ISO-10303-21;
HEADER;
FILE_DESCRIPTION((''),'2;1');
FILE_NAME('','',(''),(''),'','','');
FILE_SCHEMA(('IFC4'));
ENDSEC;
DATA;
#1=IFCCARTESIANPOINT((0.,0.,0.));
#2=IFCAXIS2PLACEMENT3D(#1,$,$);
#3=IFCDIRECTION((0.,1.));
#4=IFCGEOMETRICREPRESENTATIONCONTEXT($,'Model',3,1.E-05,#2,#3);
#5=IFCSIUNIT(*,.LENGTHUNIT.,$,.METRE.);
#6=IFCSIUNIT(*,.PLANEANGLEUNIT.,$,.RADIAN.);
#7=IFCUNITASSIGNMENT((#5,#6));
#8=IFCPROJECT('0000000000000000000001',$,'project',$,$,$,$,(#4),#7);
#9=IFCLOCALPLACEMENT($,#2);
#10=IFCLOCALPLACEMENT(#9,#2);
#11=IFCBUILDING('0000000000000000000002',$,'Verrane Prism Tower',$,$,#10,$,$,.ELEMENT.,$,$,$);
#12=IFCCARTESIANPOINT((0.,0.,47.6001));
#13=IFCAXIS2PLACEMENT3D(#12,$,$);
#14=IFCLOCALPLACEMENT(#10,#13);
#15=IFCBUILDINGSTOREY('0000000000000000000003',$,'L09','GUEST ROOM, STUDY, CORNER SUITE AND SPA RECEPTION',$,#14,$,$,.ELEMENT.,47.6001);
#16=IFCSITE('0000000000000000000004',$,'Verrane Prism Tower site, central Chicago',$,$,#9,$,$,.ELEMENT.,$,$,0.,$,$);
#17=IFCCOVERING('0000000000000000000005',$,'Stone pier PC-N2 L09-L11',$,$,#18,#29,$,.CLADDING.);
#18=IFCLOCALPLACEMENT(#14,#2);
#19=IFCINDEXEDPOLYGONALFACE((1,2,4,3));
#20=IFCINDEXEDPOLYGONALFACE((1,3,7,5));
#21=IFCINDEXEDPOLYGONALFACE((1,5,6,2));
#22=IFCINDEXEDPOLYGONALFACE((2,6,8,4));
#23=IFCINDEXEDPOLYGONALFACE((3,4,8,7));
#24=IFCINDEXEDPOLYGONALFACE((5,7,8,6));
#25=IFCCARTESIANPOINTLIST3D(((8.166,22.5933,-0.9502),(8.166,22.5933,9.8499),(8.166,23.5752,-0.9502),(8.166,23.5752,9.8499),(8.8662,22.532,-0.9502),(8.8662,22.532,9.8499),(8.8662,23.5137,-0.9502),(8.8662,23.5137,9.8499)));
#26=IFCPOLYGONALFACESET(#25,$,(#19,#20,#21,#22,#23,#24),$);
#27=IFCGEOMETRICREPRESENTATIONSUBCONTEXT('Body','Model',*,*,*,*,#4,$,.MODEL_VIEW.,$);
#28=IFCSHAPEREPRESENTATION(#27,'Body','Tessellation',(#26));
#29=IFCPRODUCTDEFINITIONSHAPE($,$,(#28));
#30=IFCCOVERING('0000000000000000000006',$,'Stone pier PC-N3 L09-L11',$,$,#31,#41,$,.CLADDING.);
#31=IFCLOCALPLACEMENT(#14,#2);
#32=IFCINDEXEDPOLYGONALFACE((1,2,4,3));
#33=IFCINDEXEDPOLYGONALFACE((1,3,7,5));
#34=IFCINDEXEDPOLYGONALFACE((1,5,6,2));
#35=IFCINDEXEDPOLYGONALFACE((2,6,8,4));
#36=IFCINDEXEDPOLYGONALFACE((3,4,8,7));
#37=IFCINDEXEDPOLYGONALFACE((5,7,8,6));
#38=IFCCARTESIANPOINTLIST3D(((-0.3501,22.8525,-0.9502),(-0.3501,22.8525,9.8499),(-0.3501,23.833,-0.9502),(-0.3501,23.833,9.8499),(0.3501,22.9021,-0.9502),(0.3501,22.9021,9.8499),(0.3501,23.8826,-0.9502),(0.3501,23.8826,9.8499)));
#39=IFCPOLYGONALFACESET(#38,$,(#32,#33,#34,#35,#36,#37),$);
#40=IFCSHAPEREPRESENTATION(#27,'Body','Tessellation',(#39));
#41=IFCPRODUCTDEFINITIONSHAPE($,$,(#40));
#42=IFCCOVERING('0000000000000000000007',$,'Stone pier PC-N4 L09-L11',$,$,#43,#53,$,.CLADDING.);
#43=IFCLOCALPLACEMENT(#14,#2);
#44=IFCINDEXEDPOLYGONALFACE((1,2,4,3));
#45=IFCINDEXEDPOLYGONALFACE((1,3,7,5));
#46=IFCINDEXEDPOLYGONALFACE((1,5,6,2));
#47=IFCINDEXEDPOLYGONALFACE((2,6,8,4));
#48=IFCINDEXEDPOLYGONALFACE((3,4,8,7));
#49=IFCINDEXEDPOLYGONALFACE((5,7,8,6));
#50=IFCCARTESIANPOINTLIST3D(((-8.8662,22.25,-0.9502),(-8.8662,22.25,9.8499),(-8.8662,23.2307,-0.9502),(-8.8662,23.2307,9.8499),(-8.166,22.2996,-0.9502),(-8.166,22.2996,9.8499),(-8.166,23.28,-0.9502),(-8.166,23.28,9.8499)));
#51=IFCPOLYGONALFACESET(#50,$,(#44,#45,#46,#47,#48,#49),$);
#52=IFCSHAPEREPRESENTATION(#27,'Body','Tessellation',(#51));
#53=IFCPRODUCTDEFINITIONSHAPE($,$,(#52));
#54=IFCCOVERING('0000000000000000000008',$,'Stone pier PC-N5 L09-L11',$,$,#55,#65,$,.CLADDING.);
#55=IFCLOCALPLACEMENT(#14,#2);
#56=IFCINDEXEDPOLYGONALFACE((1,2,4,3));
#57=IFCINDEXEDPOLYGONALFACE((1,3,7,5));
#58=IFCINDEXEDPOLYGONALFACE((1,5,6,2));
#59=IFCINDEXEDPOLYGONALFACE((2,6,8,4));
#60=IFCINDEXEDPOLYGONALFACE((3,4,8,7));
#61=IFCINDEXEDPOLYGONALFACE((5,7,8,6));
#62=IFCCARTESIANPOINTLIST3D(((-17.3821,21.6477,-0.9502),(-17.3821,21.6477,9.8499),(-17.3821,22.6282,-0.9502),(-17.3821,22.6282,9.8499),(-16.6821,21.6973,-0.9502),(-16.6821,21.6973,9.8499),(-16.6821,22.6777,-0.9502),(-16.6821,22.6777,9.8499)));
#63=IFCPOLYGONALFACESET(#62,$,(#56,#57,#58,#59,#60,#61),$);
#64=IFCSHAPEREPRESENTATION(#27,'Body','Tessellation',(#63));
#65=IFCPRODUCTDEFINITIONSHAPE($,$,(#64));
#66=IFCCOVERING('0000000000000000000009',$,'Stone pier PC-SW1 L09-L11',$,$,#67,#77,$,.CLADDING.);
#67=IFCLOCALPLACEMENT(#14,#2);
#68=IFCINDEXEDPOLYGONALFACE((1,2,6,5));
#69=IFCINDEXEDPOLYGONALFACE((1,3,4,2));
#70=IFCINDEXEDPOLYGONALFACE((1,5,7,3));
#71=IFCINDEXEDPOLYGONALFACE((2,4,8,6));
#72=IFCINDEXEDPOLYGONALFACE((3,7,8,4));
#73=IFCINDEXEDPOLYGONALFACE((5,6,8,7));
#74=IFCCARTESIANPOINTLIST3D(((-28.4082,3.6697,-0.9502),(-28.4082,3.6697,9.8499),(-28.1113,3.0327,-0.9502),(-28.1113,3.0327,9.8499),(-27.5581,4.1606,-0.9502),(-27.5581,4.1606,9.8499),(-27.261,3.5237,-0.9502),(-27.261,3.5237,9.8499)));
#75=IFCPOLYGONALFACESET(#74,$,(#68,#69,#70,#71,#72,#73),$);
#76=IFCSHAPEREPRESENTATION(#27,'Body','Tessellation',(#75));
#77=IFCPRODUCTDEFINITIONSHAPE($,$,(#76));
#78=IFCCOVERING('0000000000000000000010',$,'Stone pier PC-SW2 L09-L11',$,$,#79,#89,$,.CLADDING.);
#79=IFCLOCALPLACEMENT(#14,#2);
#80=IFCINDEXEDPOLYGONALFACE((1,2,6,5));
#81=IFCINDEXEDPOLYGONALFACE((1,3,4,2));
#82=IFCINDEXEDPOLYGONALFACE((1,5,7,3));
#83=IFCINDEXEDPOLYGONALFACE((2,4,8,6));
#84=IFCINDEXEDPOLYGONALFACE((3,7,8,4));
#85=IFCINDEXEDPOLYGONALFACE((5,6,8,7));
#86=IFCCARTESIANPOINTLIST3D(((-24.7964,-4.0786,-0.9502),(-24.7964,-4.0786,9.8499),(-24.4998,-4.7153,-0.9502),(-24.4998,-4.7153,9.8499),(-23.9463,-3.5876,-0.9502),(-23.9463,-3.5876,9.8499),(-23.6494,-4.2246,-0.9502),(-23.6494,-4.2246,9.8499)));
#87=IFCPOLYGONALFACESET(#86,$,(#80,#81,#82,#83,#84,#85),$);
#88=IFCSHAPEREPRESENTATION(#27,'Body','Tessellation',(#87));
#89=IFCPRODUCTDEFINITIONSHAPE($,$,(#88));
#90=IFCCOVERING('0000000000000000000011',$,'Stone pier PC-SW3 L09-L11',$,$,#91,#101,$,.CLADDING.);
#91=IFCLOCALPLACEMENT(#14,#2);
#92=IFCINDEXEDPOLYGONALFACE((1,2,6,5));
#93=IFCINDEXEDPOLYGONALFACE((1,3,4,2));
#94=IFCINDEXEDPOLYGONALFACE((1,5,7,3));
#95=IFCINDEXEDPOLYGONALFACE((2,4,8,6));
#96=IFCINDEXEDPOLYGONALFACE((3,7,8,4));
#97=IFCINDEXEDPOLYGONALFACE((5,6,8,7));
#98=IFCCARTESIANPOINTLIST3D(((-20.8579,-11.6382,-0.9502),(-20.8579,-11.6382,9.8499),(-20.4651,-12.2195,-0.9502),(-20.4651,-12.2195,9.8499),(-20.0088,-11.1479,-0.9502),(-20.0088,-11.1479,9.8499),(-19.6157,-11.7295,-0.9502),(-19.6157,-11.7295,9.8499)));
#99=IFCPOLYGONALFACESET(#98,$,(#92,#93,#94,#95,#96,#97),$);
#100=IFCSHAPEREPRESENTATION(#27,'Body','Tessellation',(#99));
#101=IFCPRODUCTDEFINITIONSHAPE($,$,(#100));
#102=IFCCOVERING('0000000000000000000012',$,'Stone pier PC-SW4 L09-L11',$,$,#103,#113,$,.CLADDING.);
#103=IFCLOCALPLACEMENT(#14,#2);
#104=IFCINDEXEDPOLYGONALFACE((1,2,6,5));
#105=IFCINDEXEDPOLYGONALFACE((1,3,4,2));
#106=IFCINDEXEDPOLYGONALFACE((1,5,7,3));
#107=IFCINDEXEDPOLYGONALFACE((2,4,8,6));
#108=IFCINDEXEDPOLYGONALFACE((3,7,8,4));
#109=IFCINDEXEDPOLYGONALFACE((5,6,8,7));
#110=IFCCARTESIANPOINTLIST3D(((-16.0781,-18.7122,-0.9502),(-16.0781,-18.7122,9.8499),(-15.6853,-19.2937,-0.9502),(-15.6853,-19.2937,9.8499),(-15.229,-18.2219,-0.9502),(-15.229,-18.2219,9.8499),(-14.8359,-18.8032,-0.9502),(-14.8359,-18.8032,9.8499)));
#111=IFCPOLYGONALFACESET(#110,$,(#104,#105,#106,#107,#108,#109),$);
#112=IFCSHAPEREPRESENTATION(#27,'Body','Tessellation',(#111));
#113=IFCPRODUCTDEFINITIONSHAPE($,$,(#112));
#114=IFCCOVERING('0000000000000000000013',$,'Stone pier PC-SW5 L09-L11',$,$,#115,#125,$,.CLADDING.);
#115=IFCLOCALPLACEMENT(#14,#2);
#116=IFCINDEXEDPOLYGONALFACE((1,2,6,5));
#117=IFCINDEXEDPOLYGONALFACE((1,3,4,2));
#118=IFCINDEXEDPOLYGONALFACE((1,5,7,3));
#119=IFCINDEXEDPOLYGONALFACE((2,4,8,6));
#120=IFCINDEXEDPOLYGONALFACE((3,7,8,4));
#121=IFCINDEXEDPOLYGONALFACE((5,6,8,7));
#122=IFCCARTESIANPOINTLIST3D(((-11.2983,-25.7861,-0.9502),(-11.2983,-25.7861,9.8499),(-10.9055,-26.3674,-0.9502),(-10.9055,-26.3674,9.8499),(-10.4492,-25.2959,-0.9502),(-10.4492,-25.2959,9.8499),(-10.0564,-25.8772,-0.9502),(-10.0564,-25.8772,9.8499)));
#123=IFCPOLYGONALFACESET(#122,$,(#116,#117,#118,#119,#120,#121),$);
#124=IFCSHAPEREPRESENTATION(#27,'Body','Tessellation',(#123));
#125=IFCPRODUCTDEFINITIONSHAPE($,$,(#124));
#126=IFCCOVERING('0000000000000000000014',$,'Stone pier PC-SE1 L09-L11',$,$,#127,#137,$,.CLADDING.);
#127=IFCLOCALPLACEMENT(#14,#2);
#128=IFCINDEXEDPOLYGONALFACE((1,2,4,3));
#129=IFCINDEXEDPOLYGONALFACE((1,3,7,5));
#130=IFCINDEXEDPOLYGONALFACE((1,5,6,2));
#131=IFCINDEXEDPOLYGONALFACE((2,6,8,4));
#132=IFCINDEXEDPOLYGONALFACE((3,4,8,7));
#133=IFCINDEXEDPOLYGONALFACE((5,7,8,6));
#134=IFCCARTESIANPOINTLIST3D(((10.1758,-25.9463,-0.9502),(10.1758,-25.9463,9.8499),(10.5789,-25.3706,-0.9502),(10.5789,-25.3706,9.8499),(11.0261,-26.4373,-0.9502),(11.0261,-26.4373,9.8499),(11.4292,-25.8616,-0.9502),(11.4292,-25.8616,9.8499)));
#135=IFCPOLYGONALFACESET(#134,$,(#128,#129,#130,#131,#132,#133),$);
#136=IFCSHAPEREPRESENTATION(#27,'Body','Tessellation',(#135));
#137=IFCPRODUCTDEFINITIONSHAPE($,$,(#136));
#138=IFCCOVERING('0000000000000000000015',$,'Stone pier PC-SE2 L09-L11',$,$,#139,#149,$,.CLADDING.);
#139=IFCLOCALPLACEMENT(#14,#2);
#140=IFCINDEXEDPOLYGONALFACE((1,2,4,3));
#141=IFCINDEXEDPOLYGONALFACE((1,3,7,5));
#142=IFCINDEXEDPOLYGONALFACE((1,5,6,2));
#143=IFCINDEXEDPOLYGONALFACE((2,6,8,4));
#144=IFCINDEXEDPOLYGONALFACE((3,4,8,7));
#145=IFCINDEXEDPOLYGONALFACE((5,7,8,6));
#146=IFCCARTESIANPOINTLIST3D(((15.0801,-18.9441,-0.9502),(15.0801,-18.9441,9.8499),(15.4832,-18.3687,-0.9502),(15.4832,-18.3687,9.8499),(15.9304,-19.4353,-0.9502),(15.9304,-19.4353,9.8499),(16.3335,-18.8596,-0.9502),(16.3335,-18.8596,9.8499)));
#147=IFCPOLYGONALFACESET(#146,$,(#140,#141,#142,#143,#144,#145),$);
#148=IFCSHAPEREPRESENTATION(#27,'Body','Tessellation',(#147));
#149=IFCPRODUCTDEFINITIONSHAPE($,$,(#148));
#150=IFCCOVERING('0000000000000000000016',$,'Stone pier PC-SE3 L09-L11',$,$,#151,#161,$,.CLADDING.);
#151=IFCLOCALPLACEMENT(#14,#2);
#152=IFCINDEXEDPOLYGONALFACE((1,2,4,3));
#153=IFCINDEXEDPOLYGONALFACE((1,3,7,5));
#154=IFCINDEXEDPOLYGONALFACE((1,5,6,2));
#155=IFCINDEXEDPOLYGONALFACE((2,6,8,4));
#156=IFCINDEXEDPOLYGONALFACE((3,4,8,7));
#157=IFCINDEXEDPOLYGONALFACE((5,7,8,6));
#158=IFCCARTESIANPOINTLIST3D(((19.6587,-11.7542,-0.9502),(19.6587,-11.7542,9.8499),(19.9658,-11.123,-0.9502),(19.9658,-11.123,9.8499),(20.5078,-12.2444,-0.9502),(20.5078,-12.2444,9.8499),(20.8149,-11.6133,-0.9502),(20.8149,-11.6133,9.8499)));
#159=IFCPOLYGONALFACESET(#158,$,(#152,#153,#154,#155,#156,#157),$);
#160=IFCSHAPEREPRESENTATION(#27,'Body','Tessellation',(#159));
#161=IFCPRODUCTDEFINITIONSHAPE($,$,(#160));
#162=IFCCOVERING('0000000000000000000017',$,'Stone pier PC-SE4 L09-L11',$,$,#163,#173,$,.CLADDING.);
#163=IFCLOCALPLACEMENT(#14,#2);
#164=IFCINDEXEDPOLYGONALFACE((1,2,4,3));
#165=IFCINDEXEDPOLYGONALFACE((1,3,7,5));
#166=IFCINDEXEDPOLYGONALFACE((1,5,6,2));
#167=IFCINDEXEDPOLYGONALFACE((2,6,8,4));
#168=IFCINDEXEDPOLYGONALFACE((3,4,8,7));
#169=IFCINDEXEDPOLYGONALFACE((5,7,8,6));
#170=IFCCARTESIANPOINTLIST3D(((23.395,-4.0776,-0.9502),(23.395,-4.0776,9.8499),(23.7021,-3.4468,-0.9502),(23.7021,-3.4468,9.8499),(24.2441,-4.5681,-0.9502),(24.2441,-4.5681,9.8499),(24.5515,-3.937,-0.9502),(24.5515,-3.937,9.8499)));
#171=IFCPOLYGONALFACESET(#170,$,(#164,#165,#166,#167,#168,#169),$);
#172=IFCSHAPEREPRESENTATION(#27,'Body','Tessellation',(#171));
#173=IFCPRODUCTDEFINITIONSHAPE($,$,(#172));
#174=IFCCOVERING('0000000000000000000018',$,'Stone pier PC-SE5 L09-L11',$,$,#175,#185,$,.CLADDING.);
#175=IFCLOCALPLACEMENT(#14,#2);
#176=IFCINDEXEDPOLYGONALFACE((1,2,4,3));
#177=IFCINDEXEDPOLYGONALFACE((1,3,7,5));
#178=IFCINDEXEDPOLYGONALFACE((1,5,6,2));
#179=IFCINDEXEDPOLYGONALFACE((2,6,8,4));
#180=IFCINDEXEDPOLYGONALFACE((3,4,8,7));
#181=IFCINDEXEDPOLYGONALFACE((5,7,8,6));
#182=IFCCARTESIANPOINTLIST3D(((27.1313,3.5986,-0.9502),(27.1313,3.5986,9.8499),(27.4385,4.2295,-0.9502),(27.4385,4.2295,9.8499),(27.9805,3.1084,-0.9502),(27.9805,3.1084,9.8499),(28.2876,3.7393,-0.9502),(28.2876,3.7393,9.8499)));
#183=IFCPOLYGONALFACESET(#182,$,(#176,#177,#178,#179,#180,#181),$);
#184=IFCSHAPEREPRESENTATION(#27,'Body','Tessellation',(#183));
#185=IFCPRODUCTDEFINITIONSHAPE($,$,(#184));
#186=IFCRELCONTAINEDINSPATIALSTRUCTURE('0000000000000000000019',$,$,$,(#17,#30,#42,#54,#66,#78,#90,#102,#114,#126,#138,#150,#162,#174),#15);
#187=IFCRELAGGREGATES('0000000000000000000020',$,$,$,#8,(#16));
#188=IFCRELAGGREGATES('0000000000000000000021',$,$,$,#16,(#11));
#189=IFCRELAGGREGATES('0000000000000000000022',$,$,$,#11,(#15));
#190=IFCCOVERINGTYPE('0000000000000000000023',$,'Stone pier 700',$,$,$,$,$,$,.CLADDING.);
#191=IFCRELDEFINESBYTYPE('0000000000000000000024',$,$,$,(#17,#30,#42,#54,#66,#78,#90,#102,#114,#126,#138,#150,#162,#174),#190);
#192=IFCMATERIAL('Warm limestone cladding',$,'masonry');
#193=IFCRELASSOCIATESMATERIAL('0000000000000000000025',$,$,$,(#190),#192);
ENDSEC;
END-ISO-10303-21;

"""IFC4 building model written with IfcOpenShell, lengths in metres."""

from ifc_helpers import new_model, si_unit, direction, frame, origin, place, context, subcontext, project, spatial, polyline, outline, extrude, material, type_object, element, save


model = new_model("IFC4")

# Units and contexts
model_context = context("Model", 3, precision=1e-05, world=origin(), true_north=direction((0.0, 1.0)))
body_context = subcontext(model_context, "Body", "Model", "MODEL_VIEW")
ifc_project = project(units=[si_unit("LENGTHUNIT", "METRE"), si_unit("PLANEANGLEUNIT", "RADIAN")], contexts=[model_context])

# Site, building, storey
site_placement = place(None, origin())
site = spatial("IfcSite", under=ifc_project, at=site_placement, Name="Verrane Prism Tower site, central Chicago", CompositionType="ELEMENT", RefElevation=0.0)
building_placement = place(site_placement, origin())
building = spatial("IfcBuilding", under=site, at=building_placement, Name="Verrane Prism Tower", CompositionType="ELEMENT")
storey_placement = place(building_placement, frame((0.0, 0.0, 47.6001)))
storey = spatial("IfcBuildingStorey", under=building, at=storey_placement, Name="L09", Description="GUEST ROOM, STUDY, CORNER SUITE AND SPA RECEPTION", CompositionType="ELEMENT", Elevation=47.6001)

# Coverings
ifc_material_1 = material(Name="Warm limestone cladding", Category="masonry")
covering_type_1 = type_object("IfcCoveringType", Name="Stone pier 700", PredefinedType="CLADDING", material=ifc_material_1)
covering_1_placement = place(storey_placement, frame((0.0, 0.0, -0.9502)))
element("IfcCovering", 1, at=covering_1_placement, inside=storey, type_object=covering_type_1, Name="Stone pier PC-N2 L09-L11", PredefinedType="CLADDING", context=body_context, shape_type="SweptSolid", body=[
    extrude(outline(polyline([(8.166, 23.5752), (8.166, 22.5933), (8.8662, 22.532), (8.8662, 23.5137), (8.166, 23.5752)])), origin(), (0.0, 0.0, 1.0), 10.8),
])
covering_2_placement = place(storey_placement, frame((0.0, 0.0, -0.9502)))
element("IfcCovering", 2, at=covering_2_placement, inside=storey, type_object=covering_type_1, Name="Stone pier PC-N3 L09-L11", PredefinedType="CLADDING", context=body_context, shape_type="SweptSolid", body=[
    extrude(outline(polyline([(-0.3501, 23.833), (-0.3501, 22.8525), (0.3501, 22.9021), (0.3501, 23.8826), (-0.3501, 23.833)])), origin(), (0.0, 0.0, 1.0), 10.8),
])
covering_3_placement = place(storey_placement, frame((0.0, 0.0, -0.9502)))
element("IfcCovering", 3, at=covering_3_placement, inside=storey, type_object=covering_type_1, Name="Stone pier PC-N4 L09-L11", PredefinedType="CLADDING", context=body_context, shape_type="SweptSolid", body=[
    extrude(outline(polyline([(-8.8662, 23.2307), (-8.8662, 22.25), (-8.166, 22.2996), (-8.166, 23.28), (-8.8662, 23.2307)])), origin(), (0.0, 0.0, 1.0), 10.8),
])
covering_4_placement = place(storey_placement, frame((0.0, 0.0, -0.9502)))
element("IfcCovering", 4, at=covering_4_placement, inside=storey, type_object=covering_type_1, Name="Stone pier PC-N5 L09-L11", PredefinedType="CLADDING", context=body_context, shape_type="SweptSolid", body=[
    extrude(outline(polyline([(-17.3821, 22.6282), (-17.3821, 21.6477), (-16.6821, 21.6973), (-16.6821, 22.6777), (-17.3821, 22.6282)])), origin(), (0.0, 0.0, 1.0), 10.8),
])
covering_5_placement = place(storey_placement, frame((0.0, 0.0, -0.9502)))
element("IfcCovering", 5, at=covering_5_placement, inside=storey, type_object=covering_type_1, Name="Stone pier PC-SW1 L09-L11", PredefinedType="CLADDING", context=body_context, shape_type="SweptSolid", body=[
    extrude(outline(polyline([(-28.1113, 3.0327), (-27.261, 3.5237), (-27.5581, 4.1606), (-28.4082, 3.6697), (-28.1113, 3.0327)])), origin(), (0.0, 0.0, 1.0), 10.8),
])
covering_6_placement = place(storey_placement, frame((0.0, 0.0, -0.9502)))
element("IfcCovering", 6, at=covering_6_placement, inside=storey, type_object=covering_type_1, Name="Stone pier PC-SW2 L09-L11", PredefinedType="CLADDING", context=body_context, shape_type="SweptSolid", body=[
    extrude(outline(polyline([(-24.4998, -4.7153), (-23.6494, -4.2246), (-23.9463, -3.5876), (-24.7964, -4.0786), (-24.4998, -4.7153)])), origin(), (0.0, 0.0, 1.0), 10.8),
])
covering_7_placement = place(storey_placement, frame((0.0, 0.0, -0.9502)))
element("IfcCovering", 7, at=covering_7_placement, inside=storey, type_object=covering_type_1, Name="Stone pier PC-SW3 L09-L11", PredefinedType="CLADDING", context=body_context, shape_type="SweptSolid", body=[
    extrude(outline(polyline([(-20.4651, -12.2195), (-19.6157, -11.7295), (-20.0088, -11.1479), (-20.8579, -11.6382), (-20.4651, -12.2195)])), origin(), (0.0, 0.0, 1.0), 10.8),
])
covering_8_placement = place(storey_placement, frame((0.0, 0.0, -0.9502)))
element("IfcCovering", 8, at=covering_8_placement, inside=storey, type_object=covering_type_1, Name="Stone pier PC-SW4 L09-L11", PredefinedType="CLADDING", context=body_context, shape_type="SweptSolid", body=[
    extrude(outline(polyline([(-15.6853, -19.2937), (-14.8359, -18.8032), (-15.229, -18.2219), (-16.0781, -18.7122), (-15.6853, -19.2937)])), origin(), (0.0, 0.0, 1.0), 10.8),
])
covering_9_placement = place(storey_placement, frame((0.0, 0.0, -0.9502)))
element("IfcCovering", 9, at=covering_9_placement, inside=storey, type_object=covering_type_1, Name="Stone pier PC-SW5 L09-L11", PredefinedType="CLADDING", context=body_context, shape_type="SweptSolid", body=[
    extrude(outline(polyline([(-10.9055, -26.3674), (-10.0564, -25.8772), (-10.4492, -25.2959), (-11.2983, -25.7861), (-10.9055, -26.3674)])), origin(), (0.0, 0.0, 1.0), 10.8),
])
covering_10_placement = place(storey_placement, frame((0.0, 0.0, -0.9502)))
element("IfcCovering", 10, at=covering_10_placement, inside=storey, type_object=covering_type_1, Name="Stone pier PC-SE1 L09-L11", PredefinedType="CLADDING", context=body_context, shape_type="SweptSolid", body=[
    extrude(outline(polyline([(11.4292, -25.8616), (10.5789, -25.3706), (10.1758, -25.9463), (11.0261, -26.4373), (11.4292, -25.8616)])), origin(), (0.0, 0.0, 1.0), 10.8),
])
covering_11_placement = place(storey_placement, frame((0.0, 0.0, -0.9502)))
element("IfcCovering", 11, at=covering_11_placement, inside=storey, type_object=covering_type_1, Name="Stone pier PC-SE2 L09-L11", PredefinedType="CLADDING", context=body_context, shape_type="SweptSolid", body=[
    extrude(outline(polyline([(16.3335, -18.8596), (15.4832, -18.3687), (15.0801, -18.9441), (15.9304, -19.4353), (16.3335, -18.8596)])), origin(), (0.0, 0.0, 1.0), 10.8),
])
covering_12_placement = place(storey_placement, frame((0.0, 0.0, -0.9502)))
element("IfcCovering", 12, at=covering_12_placement, inside=storey, type_object=covering_type_1, Name="Stone pier PC-SE3 L09-L11", PredefinedType="CLADDING", context=body_context, shape_type="SweptSolid", body=[
    extrude(outline(polyline([(20.8149, -11.6133), (19.9658, -11.123), (19.6587, -11.7542), (20.5078, -12.2444), (20.8149, -11.6133)])), origin(), (0.0, 0.0, 1.0), 10.8),
])
covering_13_placement = place(storey_placement, frame((0.0, 0.0, -0.9502)))
element("IfcCovering", 13, at=covering_13_placement, inside=storey, type_object=covering_type_1, Name="Stone pier PC-SE4 L09-L11", PredefinedType="CLADDING", context=body_context, shape_type="SweptSolid", body=[
    extrude(outline(polyline([(24.5515, -3.937), (23.7021, -3.4468), (23.395, -4.0776), (24.2441, -4.5681), (24.5515, -3.937)])), origin(), (0.0, 0.0, 1.0), 10.8),
])
covering_14_placement = place(storey_placement, frame((0.0, 0.0, -0.9502)))
element("IfcCovering", 14, at=covering_14_placement, inside=storey, type_object=covering_type_1, Name="Stone pier PC-SE5 L09-L11", PredefinedType="CLADDING", context=body_context, shape_type="SweptSolid", body=[
    extrude(outline(polyline([(28.2876, 3.7393), (27.4385, 4.2295), (27.1313, 3.5986), (27.9805, 3.1084), (28.2876, 3.7393)])), origin(), (0.0, 0.0, 1.0), 10.8),
])

save(model, "model.ifc")
